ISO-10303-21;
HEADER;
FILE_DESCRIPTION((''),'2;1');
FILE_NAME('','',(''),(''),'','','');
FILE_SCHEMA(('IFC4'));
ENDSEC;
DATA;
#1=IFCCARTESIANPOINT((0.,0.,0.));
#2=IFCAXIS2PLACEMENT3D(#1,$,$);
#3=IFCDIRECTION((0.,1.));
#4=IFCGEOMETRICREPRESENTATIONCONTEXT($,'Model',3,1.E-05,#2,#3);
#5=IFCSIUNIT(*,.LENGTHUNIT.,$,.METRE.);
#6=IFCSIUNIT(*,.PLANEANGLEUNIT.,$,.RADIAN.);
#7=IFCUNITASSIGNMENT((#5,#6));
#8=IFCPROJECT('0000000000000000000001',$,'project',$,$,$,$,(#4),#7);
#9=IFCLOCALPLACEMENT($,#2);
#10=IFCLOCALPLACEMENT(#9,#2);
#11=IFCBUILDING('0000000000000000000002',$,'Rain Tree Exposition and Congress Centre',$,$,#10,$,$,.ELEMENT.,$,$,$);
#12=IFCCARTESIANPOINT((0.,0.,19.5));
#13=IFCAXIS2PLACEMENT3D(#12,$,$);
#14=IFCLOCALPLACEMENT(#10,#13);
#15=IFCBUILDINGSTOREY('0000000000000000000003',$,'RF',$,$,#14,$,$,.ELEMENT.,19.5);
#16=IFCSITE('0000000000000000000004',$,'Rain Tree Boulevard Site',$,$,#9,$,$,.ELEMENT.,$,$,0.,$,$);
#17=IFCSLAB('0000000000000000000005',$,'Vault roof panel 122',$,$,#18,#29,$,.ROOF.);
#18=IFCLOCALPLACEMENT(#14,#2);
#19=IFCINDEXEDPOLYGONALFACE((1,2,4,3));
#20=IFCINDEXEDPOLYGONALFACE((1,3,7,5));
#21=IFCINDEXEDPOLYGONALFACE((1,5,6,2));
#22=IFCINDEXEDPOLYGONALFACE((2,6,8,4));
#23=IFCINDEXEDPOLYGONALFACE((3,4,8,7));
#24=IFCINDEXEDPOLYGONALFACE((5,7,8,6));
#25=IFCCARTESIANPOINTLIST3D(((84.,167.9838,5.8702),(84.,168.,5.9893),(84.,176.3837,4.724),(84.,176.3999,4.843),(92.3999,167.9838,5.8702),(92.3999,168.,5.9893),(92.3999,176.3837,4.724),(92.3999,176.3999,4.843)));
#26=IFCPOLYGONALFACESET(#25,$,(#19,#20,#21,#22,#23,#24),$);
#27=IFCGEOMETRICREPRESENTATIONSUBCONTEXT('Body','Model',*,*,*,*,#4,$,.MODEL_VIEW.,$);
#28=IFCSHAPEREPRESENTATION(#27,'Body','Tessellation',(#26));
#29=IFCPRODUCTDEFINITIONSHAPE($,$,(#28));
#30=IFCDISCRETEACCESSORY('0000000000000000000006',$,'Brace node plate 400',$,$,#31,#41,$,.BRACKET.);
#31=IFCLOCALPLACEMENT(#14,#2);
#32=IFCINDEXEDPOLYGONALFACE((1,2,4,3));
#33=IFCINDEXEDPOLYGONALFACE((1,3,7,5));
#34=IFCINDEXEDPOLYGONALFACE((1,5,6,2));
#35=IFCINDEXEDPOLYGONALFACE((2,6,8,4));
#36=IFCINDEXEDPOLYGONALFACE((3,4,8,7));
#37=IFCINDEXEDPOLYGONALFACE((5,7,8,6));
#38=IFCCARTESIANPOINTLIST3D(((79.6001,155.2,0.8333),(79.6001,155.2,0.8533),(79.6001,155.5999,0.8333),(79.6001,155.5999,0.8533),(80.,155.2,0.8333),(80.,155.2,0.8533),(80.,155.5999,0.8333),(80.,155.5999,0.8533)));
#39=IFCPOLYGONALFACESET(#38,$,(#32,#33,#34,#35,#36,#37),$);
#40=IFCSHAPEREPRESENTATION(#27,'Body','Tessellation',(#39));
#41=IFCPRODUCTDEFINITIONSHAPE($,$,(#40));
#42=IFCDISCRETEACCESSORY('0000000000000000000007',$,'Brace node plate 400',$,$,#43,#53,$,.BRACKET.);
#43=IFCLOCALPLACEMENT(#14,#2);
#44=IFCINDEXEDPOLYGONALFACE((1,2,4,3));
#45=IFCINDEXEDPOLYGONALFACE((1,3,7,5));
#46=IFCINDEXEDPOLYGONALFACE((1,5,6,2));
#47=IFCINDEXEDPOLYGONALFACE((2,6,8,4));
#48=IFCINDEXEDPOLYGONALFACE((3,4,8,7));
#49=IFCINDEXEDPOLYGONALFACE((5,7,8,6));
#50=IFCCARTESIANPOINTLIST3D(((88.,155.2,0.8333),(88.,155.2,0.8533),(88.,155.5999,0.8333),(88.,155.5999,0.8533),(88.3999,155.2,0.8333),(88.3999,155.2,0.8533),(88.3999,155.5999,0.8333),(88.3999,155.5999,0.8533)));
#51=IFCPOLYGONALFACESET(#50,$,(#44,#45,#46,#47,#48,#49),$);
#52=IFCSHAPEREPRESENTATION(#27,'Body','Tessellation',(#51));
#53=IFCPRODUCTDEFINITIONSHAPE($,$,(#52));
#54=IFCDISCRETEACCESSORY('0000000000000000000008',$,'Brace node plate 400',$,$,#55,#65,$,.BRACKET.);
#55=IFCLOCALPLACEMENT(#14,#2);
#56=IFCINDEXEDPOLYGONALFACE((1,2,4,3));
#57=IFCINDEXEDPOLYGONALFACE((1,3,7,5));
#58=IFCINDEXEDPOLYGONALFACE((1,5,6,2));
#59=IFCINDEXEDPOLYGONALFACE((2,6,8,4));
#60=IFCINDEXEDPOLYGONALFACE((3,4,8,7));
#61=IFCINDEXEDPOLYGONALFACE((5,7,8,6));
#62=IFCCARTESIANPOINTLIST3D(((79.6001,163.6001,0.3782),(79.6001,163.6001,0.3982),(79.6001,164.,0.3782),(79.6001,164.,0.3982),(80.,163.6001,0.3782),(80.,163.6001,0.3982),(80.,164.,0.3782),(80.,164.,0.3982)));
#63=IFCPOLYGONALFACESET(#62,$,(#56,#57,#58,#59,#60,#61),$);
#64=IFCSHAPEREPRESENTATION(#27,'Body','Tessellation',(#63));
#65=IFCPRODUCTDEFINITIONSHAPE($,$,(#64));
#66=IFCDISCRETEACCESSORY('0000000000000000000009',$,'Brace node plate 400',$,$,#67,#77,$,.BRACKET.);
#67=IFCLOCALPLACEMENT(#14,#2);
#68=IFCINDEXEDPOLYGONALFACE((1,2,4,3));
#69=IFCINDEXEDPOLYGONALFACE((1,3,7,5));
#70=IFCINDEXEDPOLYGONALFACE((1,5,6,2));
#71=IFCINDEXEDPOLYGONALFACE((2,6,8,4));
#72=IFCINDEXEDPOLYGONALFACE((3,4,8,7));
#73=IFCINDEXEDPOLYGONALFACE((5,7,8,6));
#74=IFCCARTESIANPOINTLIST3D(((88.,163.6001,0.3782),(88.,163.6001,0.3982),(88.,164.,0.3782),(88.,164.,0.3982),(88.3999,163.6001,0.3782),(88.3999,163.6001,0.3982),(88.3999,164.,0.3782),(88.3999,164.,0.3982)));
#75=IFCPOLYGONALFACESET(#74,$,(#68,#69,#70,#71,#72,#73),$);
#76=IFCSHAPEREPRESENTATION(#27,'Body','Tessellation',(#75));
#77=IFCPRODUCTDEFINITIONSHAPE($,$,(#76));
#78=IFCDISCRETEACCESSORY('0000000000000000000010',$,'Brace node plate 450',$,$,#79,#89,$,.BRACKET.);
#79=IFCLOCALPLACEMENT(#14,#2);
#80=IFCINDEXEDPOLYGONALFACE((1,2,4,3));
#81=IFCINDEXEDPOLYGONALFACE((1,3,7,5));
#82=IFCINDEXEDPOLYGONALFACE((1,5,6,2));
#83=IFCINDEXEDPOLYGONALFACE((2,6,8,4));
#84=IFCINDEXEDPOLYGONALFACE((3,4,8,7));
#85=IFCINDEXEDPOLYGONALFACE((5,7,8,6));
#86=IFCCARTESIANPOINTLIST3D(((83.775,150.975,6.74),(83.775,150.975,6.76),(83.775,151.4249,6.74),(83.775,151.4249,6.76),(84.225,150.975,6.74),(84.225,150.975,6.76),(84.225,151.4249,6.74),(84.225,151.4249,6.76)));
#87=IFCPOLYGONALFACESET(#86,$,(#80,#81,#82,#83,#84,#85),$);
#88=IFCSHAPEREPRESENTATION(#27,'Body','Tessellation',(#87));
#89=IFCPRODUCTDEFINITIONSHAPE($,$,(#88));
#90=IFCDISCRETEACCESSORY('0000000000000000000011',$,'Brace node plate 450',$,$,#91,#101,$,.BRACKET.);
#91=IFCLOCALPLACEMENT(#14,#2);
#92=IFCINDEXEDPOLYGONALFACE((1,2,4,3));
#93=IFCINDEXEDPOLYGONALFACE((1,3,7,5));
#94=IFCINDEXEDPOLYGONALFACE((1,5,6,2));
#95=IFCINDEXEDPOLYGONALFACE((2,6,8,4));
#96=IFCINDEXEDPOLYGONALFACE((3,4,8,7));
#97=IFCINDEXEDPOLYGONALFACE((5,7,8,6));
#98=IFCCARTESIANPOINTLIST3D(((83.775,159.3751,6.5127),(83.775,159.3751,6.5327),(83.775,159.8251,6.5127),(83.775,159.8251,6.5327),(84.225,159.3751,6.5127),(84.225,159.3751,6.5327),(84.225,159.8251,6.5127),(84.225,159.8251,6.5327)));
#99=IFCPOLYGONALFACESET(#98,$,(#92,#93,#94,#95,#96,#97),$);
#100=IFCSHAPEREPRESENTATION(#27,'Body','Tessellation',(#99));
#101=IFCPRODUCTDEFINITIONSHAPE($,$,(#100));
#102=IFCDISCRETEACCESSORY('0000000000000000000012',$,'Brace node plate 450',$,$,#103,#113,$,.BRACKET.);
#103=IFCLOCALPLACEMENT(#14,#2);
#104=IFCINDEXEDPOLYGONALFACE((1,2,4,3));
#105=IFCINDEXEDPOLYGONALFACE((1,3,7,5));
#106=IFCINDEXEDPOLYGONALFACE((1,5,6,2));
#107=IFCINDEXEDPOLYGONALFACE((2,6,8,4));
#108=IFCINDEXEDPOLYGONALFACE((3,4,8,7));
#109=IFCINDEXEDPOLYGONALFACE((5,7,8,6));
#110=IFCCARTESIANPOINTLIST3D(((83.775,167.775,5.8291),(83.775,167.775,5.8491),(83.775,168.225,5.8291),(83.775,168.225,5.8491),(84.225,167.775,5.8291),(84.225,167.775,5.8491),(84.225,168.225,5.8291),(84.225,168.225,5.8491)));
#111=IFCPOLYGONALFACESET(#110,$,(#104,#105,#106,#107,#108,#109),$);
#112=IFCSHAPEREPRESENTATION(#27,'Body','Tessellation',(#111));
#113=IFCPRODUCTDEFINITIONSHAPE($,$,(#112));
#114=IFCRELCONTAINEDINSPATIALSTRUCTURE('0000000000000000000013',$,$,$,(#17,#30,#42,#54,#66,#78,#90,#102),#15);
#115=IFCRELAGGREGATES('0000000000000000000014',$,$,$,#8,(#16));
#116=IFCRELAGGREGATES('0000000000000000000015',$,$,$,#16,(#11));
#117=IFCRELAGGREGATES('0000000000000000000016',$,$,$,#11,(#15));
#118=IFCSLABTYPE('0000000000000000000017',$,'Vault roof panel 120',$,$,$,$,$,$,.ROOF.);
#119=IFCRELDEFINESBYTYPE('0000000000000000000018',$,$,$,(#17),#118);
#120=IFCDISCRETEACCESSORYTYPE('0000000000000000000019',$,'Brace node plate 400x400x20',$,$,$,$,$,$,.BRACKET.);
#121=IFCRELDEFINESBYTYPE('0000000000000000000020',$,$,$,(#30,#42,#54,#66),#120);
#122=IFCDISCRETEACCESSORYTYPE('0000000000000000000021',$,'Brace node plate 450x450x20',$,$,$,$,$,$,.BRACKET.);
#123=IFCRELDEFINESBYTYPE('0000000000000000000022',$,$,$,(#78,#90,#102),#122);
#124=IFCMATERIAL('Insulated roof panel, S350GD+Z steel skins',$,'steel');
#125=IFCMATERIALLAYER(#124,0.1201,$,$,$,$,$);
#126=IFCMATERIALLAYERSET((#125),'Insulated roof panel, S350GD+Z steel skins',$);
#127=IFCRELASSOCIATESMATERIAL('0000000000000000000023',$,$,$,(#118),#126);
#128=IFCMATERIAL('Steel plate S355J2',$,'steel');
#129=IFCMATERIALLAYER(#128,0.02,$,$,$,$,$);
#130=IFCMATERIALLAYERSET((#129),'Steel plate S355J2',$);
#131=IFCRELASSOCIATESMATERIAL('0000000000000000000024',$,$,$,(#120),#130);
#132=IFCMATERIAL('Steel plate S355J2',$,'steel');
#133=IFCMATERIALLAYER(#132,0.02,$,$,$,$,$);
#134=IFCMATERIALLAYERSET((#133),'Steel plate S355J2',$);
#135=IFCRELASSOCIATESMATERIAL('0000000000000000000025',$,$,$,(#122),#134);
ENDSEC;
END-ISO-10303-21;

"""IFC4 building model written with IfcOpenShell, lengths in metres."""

from ifc_helpers import new_model, si_unit, direction, frame, origin, origin_2d, place, context, subcontext, project, spatial, polyline, rectangle, outline, extrude, material, layer, layer_set, type_object, element, save


model = new_model("IFC4")

# Units and contexts
model_context = context("Model", 3, precision=1e-05, world=origin(), true_north=direction((0.0, 1.0)))
body_context = subcontext(model_context, "Body", "Model", "MODEL_VIEW")
ifc_project = project(units=[si_unit("LENGTHUNIT", "METRE"), si_unit("PLANEANGLEUNIT", "RADIAN")], contexts=[model_context])

# Site, building, storey
site_placement = place(None, origin())
site = spatial("IfcSite", under=ifc_project, at=site_placement, Name="Rain Tree Boulevard Site", CompositionType="ELEMENT", RefElevation=0.0)
building_placement = place(site_placement, origin())
building = spatial("IfcBuilding", under=site, at=building_placement, Name="Rain Tree Exposition and Congress Centre", CompositionType="ELEMENT")
storey_placement = place(building_placement, frame((0.0, 0.0, 19.5)))
storey = spatial("IfcBuildingStorey", under=building, at=storey_placement, Name="RF", CompositionType="ELEMENT", Elevation=19.5)

# Slab
ifc_material_1 = material(Name="Insulated roof panel, S350GD+Z steel skins", Category="steel")
ifc_layer_1 = layer(ifc_material_1, 0.1201)
ifc_layer_set_1 = layer_set([ifc_layer_1], Name="Insulated roof panel, S350GD+Z steel skins")
slab_type = type_object("IfcSlabType", Name="Vault roof panel 120", PredefinedType="ROOF", material=ifc_layer_set_1)
slab_placement = place(storey_placement, frame((84.0, 168.0, 5.9893), z_axis=(0.0, 0.135206, 0.990818), x_axis=(1.0, 0.0, 0.0)))
element("IfcSlab", 1, at=slab_placement, inside=storey, type_object=slab_type, Name="Vault roof panel 122", PredefinedType="ROOF", context=body_context, shape_type="SweptSolid", body=[
    extrude(outline(polyline([(0.0, 0.0), (8.3999, 0.0), (8.3999, 8.4777), (0.0, 8.4777), (0.0, 0.0)])), origin(), (0.0, 0.0, -1.0), 0.1201),
])

# Discrete accessories
ifc_material_2 = material(Name="Steel plate S355J2", Category="steel")
ifc_layer_2 = layer(ifc_material_2, 0.02)
ifc_layer_set_2 = layer_set([ifc_layer_2], Name="Steel plate S355J2")
discrete_accessory_type_1 = type_object("IfcDiscreteAccessoryType", Name="Brace node plate 400x400x20", PredefinedType="BRACKET", material=ifc_layer_set_2)
for number, where, z_axis, x_axis, name in (
    (2, (79.8, 155.3999, 0.8333), (0.0, 0.0, 1.0), (1.0, 0.0, 0.0), "Brace node plate 400"),
    (3, (88.2, 155.3999, 0.8333), (0.0, 0.0, 1.0), (1.0, 0.0, 0.0), "Brace node plate 400"),
    (4, (79.8, 163.8, 0.3782), (0.0, 0.0, 1.0), (1.0, 0.0, 0.0), "Brace node plate 400"),
    (5, (88.2, 163.8, 0.3782), (0.0, 0.0, 1.0), (1.0, 0.0, 0.0), "Brace node plate 400"),
):
    element("IfcDiscreteAccessory", number, at=place(storey_placement, frame(where, z_axis=z_axis, x_axis=x_axis)), inside=storey, type_object=discrete_accessory_type_1, Name=name, PredefinedType="BRACKET", context=body_context, shape_type="SweptSolid", body=[
        extrude(rectangle(XDim=0.3999, YDim=0.3999, at=origin_2d()), origin(), (0.0, 0.0, 1.0), 0.02),
    ])
ifc_material_3 = material(Name="Steel plate S355J2", Category="steel")
ifc_layer_3 = layer(ifc_material_3, 0.02)
ifc_layer_set_3 = layer_set([ifc_layer_3], Name="Steel plate S355J2")
discrete_accessory_type_2 = type_object("IfcDiscreteAccessoryType", Name="Brace node plate 450x450x20", PredefinedType="BRACKET", material=ifc_layer_set_3)
for number, where, z_axis, x_axis, name in (
    (6, (84.0, 151.2, 6.74), (0.0, 0.0, 1.0), (1.0, 0.0, 0.0), "Brace node plate 450"),
    (7, (84.0, 159.6001, 6.5127), (0.0, 0.0, 1.0), (1.0, 0.0, 0.0), "Brace node plate 450"),
    (8, (84.0, 168.0, 5.8291), (0.0, 0.0, 1.0), (1.0, 0.0, 0.0), "Brace node plate 450"),
):
    element("IfcDiscreteAccessory", number, at=place(storey_placement, frame(where, z_axis=z_axis, x_axis=x_axis)), inside=storey, type_object=discrete_accessory_type_2, Name=name, PredefinedType="BRACKET", context=body_context, shape_type="SweptSolid", body=[
        extrude(rectangle(XDim=0.45, YDim=0.45, at=origin_2d()), origin(), (0.0, 0.0, 1.0), 0.02),
    ])

save(model, "model.ifc")
